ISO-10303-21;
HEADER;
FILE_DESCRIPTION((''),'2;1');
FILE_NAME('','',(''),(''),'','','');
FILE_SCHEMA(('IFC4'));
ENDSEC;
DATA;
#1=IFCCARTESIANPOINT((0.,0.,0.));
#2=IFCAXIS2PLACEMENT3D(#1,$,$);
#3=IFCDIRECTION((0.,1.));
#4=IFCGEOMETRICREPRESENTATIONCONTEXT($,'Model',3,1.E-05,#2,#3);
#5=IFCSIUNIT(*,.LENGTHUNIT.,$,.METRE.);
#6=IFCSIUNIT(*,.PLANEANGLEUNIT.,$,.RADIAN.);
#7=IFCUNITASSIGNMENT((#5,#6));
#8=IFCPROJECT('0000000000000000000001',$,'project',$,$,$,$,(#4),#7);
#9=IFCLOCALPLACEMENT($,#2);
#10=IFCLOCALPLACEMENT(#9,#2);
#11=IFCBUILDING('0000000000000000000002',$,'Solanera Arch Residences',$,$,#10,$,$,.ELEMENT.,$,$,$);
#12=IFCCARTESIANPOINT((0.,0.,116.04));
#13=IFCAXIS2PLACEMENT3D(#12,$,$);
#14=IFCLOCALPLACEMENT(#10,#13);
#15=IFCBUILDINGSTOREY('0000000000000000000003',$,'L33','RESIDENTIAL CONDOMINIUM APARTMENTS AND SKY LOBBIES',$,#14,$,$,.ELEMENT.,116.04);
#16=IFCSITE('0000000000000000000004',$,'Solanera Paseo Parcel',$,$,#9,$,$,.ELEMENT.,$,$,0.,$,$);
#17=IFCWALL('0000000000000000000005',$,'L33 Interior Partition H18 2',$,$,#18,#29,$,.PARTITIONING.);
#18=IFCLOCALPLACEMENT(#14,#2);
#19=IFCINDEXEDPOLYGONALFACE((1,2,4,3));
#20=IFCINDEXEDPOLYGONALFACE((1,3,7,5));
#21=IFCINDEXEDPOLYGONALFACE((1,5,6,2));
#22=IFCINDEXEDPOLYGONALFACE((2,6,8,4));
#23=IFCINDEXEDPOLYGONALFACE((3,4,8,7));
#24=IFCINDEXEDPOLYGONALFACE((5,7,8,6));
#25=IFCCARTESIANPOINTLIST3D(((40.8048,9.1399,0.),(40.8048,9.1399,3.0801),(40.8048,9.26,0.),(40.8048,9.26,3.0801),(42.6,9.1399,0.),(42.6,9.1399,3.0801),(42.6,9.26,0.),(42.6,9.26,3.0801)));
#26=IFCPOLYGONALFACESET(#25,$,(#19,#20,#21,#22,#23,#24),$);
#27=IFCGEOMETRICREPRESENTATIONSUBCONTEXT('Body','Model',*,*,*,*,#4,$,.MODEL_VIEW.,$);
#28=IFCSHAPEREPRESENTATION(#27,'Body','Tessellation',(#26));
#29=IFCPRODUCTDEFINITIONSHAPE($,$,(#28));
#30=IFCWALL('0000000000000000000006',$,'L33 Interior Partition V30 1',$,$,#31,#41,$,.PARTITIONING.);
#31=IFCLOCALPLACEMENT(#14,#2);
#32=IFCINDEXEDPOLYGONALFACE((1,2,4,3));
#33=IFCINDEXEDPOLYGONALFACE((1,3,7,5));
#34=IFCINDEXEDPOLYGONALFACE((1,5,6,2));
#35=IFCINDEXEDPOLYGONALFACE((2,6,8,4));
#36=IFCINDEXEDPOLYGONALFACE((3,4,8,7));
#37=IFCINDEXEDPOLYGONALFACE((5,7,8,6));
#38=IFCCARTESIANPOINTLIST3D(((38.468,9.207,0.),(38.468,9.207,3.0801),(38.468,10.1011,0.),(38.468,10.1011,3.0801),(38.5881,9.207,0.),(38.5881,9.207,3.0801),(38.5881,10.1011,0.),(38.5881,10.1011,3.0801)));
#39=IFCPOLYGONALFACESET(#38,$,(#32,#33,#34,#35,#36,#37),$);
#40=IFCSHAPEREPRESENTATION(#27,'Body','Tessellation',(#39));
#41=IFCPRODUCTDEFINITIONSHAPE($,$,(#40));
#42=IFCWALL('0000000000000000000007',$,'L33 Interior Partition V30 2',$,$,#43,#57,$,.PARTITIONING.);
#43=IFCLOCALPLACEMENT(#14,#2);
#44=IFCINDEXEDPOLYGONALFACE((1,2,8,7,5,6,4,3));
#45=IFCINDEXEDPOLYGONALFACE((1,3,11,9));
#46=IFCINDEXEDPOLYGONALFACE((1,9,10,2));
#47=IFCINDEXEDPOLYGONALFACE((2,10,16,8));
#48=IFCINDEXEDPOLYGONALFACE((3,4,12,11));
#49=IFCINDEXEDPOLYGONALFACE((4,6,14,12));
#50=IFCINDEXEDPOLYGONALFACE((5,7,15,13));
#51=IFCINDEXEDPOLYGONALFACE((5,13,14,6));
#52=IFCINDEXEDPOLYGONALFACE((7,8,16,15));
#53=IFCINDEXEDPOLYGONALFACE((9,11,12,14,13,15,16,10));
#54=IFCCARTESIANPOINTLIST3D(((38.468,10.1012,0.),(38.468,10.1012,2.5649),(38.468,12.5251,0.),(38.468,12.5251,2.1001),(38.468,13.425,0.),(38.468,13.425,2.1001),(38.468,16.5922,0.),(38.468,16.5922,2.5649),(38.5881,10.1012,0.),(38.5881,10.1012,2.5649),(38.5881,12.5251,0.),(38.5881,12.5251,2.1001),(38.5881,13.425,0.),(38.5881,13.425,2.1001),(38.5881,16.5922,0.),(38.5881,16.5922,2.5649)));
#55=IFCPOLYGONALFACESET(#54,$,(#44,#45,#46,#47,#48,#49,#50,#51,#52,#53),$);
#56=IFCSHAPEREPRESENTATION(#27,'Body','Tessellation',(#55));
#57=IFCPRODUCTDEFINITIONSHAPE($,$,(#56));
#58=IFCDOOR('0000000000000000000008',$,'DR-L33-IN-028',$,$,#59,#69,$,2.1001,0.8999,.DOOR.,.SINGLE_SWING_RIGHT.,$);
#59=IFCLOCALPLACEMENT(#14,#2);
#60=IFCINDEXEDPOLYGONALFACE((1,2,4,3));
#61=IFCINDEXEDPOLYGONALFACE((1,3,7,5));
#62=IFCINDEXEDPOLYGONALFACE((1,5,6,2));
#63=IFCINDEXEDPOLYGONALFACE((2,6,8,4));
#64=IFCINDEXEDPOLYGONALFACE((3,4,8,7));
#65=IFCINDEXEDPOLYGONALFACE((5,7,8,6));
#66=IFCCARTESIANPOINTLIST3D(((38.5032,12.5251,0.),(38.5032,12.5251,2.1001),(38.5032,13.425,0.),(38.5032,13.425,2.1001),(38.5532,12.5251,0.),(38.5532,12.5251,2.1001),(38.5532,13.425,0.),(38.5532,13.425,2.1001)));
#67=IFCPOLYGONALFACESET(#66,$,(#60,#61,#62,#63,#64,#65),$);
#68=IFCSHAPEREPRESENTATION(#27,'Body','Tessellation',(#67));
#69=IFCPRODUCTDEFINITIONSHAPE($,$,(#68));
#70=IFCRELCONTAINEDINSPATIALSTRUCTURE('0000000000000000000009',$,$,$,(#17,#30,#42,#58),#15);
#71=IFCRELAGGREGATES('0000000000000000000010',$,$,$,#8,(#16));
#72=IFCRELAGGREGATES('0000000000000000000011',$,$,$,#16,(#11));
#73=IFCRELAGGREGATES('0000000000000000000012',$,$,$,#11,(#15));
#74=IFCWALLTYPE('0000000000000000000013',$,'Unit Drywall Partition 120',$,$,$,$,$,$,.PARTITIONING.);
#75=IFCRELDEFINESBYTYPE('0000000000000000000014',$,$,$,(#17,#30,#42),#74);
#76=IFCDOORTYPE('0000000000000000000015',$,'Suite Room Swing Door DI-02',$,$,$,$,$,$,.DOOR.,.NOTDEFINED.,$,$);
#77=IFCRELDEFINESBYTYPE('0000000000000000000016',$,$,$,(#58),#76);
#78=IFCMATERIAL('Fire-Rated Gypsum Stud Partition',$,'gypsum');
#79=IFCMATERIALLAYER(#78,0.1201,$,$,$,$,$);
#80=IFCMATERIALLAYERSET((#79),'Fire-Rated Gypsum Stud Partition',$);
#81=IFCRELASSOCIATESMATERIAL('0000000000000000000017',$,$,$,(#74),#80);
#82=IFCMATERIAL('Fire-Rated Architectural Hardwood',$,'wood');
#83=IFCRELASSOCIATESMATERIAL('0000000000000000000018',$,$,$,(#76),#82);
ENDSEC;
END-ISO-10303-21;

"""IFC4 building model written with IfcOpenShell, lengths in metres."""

from ifc_helpers import new_model, si_unit, direction, frame, frame_2d, origin, place, context, subcontext, project, spatial, rectangle, extrude, material, layer, layer_set, type_object, element, fill, save


model = new_model("IFC4")

# Units and contexts
model_context = context("Model", 3, precision=1e-05, world=origin(), true_north=direction((0.0, 1.0)))
body_context = subcontext(model_context, "Body", "Model", "MODEL_VIEW")
ifc_project = project(units=[si_unit("LENGTHUNIT", "METRE"), si_unit("PLANEANGLEUNIT", "RADIAN")], contexts=[model_context])

# Site, building, storey
site_placement = place(None, origin())
site = spatial("IfcSite", under=ifc_project, at=site_placement, Name="Solanera Paseo Parcel", CompositionType="ELEMENT", RefElevation=0.0)
building_placement = place(site_placement, origin())
building = spatial("IfcBuilding", under=site, at=building_placement, Name="Solanera Arch Residences", CompositionType="ELEMENT")
storey_placement = place(building_placement, frame((0.0, 0.0, 116.04)))
storey = spatial("IfcBuildingStorey", under=building, at=storey_placement, Name="L33", Description="RESIDENTIAL CONDOMINIUM APARTMENTS AND SKY LOBBIES", CompositionType="ELEMENT", Elevation=116.04)

# Walls
ifc_material_1 = material(Name="Fire-Rated Gypsum Stud Partition", Category="gypsum")
ifc_layer_1 = layer(ifc_material_1, 0.1201)
ifc_layer_set_1 = layer_set([ifc_layer_1], Name="Fire-Rated Gypsum Stud Partition")
wall_type_1 = type_object("IfcWallType", Name="Unit Drywall Partition 120", PredefinedType="PARTITIONING", material=ifc_layer_set_1)
wall_1_placement = place(storey_placement, frame((40.8049, 9.2, 0.0), z_axis=(0.0, 0.0, 1.0), x_axis=(1.0, 0.0, 0.0)))
element("IfcWall", 1, at=wall_1_placement, inside=storey, type_object=wall_type_1, Name="L33 Interior Partition H18 2", PredefinedType="PARTITIONING", context=body_context, shape_type="SweptSolid", body=[
    extrude(rectangle(XDim=1.7952, YDim=0.1201, at=frame_2d((0.8975, 0.0))), origin(), (0.0, 0.0, 1.0), 3.0801),
])
wall_2_placement = place(storey_placement, frame((38.5281, 9.207, 0.0), z_axis=(0.0, 0.0, 1.0), x_axis=(0.0, 1.0, 0.0)))
element("IfcWall", 2, at=wall_2_placement, inside=storey, type_object=wall_type_1, Name="L33 Interior Partition V30 1", PredefinedType="PARTITIONING", context=body_context, shape_type="SweptSolid", body=[
    extrude(rectangle(XDim=0.894, YDim=0.1201, at=frame_2d((0.447, 0.0))), origin(), (0.0, 0.0, 1.0), 3.0801),
])

# Wall, opening, door
wall_3_placement = place(storey_placement, frame((38.5281, 10.1011, 0.0), z_axis=(0.0, 0.0, 1.0), x_axis=(0.0, 1.0, 0.0)))
wall_3 = element("IfcWall", 3, at=wall_3_placement, inside=storey, type_object=wall_type_1, Name="L33 Interior Partition V30 2", PredefinedType="PARTITIONING", context=body_context, shape_type="SweptSolid", body=[
    extrude(rectangle(XDim=6.491, YDim=0.1201, at=frame_2d((3.2456, 0.0))), origin(), (0.0, 0.0, 1.0), 2.5649),
])
opening_1_placement = place(wall_3_placement, frame((2.4241, 0.0, 0.0)))
opening_1 = element("IfcOpeningElement", 4, at=opening_1_placement, cuts=wall_3, PredefinedType="OPENING", context=body_context, shape_type="SweptSolid", body=[
    extrude(rectangle(XDim=0.8999, YDim=2.1001, at=frame_2d((0.45, 1.05))), frame((0.0, 0.0701, 0.0), z_axis=(0.0, -1.0, 0.0), x_axis=(1.0, 0.0, 0.0)), (0.0, 0.0, 1.0), 0.1401),
])
ifc_material_2 = material(Name="Fire-Rated Architectural Hardwood", Category="wood")
door_type_1 = type_object("IfcDoorType", Name="Suite Room Swing Door DI-02", OperationType="NOTDEFINED", PredefinedType="DOOR", material=ifc_material_2)
door_1_placement = place(opening_1_placement, origin())
door_1 = element("IfcDoor", 5, at=door_1_placement, inside=storey, type_object=door_type_1, Name="DR-L33-IN-028", OperationType="SINGLE_SWING_RIGHT", OverallHeight=2.1001, OverallWidth=0.8999, PredefinedType="DOOR", context=body_context, shape_type="SweptSolid", body=[
    extrude(rectangle(XDim=0.8999, YDim=2.1001, at=frame_2d((0.45, 1.05))), frame((0.0, 0.0249, 0.0), z_axis=(0.0, -1.0, 0.0), x_axis=(1.0, 0.0, 0.0)), (0.0, 0.0, 1.0), 0.05),
])
fill(opening_1, door_1)

save(model, "model.ifc")
